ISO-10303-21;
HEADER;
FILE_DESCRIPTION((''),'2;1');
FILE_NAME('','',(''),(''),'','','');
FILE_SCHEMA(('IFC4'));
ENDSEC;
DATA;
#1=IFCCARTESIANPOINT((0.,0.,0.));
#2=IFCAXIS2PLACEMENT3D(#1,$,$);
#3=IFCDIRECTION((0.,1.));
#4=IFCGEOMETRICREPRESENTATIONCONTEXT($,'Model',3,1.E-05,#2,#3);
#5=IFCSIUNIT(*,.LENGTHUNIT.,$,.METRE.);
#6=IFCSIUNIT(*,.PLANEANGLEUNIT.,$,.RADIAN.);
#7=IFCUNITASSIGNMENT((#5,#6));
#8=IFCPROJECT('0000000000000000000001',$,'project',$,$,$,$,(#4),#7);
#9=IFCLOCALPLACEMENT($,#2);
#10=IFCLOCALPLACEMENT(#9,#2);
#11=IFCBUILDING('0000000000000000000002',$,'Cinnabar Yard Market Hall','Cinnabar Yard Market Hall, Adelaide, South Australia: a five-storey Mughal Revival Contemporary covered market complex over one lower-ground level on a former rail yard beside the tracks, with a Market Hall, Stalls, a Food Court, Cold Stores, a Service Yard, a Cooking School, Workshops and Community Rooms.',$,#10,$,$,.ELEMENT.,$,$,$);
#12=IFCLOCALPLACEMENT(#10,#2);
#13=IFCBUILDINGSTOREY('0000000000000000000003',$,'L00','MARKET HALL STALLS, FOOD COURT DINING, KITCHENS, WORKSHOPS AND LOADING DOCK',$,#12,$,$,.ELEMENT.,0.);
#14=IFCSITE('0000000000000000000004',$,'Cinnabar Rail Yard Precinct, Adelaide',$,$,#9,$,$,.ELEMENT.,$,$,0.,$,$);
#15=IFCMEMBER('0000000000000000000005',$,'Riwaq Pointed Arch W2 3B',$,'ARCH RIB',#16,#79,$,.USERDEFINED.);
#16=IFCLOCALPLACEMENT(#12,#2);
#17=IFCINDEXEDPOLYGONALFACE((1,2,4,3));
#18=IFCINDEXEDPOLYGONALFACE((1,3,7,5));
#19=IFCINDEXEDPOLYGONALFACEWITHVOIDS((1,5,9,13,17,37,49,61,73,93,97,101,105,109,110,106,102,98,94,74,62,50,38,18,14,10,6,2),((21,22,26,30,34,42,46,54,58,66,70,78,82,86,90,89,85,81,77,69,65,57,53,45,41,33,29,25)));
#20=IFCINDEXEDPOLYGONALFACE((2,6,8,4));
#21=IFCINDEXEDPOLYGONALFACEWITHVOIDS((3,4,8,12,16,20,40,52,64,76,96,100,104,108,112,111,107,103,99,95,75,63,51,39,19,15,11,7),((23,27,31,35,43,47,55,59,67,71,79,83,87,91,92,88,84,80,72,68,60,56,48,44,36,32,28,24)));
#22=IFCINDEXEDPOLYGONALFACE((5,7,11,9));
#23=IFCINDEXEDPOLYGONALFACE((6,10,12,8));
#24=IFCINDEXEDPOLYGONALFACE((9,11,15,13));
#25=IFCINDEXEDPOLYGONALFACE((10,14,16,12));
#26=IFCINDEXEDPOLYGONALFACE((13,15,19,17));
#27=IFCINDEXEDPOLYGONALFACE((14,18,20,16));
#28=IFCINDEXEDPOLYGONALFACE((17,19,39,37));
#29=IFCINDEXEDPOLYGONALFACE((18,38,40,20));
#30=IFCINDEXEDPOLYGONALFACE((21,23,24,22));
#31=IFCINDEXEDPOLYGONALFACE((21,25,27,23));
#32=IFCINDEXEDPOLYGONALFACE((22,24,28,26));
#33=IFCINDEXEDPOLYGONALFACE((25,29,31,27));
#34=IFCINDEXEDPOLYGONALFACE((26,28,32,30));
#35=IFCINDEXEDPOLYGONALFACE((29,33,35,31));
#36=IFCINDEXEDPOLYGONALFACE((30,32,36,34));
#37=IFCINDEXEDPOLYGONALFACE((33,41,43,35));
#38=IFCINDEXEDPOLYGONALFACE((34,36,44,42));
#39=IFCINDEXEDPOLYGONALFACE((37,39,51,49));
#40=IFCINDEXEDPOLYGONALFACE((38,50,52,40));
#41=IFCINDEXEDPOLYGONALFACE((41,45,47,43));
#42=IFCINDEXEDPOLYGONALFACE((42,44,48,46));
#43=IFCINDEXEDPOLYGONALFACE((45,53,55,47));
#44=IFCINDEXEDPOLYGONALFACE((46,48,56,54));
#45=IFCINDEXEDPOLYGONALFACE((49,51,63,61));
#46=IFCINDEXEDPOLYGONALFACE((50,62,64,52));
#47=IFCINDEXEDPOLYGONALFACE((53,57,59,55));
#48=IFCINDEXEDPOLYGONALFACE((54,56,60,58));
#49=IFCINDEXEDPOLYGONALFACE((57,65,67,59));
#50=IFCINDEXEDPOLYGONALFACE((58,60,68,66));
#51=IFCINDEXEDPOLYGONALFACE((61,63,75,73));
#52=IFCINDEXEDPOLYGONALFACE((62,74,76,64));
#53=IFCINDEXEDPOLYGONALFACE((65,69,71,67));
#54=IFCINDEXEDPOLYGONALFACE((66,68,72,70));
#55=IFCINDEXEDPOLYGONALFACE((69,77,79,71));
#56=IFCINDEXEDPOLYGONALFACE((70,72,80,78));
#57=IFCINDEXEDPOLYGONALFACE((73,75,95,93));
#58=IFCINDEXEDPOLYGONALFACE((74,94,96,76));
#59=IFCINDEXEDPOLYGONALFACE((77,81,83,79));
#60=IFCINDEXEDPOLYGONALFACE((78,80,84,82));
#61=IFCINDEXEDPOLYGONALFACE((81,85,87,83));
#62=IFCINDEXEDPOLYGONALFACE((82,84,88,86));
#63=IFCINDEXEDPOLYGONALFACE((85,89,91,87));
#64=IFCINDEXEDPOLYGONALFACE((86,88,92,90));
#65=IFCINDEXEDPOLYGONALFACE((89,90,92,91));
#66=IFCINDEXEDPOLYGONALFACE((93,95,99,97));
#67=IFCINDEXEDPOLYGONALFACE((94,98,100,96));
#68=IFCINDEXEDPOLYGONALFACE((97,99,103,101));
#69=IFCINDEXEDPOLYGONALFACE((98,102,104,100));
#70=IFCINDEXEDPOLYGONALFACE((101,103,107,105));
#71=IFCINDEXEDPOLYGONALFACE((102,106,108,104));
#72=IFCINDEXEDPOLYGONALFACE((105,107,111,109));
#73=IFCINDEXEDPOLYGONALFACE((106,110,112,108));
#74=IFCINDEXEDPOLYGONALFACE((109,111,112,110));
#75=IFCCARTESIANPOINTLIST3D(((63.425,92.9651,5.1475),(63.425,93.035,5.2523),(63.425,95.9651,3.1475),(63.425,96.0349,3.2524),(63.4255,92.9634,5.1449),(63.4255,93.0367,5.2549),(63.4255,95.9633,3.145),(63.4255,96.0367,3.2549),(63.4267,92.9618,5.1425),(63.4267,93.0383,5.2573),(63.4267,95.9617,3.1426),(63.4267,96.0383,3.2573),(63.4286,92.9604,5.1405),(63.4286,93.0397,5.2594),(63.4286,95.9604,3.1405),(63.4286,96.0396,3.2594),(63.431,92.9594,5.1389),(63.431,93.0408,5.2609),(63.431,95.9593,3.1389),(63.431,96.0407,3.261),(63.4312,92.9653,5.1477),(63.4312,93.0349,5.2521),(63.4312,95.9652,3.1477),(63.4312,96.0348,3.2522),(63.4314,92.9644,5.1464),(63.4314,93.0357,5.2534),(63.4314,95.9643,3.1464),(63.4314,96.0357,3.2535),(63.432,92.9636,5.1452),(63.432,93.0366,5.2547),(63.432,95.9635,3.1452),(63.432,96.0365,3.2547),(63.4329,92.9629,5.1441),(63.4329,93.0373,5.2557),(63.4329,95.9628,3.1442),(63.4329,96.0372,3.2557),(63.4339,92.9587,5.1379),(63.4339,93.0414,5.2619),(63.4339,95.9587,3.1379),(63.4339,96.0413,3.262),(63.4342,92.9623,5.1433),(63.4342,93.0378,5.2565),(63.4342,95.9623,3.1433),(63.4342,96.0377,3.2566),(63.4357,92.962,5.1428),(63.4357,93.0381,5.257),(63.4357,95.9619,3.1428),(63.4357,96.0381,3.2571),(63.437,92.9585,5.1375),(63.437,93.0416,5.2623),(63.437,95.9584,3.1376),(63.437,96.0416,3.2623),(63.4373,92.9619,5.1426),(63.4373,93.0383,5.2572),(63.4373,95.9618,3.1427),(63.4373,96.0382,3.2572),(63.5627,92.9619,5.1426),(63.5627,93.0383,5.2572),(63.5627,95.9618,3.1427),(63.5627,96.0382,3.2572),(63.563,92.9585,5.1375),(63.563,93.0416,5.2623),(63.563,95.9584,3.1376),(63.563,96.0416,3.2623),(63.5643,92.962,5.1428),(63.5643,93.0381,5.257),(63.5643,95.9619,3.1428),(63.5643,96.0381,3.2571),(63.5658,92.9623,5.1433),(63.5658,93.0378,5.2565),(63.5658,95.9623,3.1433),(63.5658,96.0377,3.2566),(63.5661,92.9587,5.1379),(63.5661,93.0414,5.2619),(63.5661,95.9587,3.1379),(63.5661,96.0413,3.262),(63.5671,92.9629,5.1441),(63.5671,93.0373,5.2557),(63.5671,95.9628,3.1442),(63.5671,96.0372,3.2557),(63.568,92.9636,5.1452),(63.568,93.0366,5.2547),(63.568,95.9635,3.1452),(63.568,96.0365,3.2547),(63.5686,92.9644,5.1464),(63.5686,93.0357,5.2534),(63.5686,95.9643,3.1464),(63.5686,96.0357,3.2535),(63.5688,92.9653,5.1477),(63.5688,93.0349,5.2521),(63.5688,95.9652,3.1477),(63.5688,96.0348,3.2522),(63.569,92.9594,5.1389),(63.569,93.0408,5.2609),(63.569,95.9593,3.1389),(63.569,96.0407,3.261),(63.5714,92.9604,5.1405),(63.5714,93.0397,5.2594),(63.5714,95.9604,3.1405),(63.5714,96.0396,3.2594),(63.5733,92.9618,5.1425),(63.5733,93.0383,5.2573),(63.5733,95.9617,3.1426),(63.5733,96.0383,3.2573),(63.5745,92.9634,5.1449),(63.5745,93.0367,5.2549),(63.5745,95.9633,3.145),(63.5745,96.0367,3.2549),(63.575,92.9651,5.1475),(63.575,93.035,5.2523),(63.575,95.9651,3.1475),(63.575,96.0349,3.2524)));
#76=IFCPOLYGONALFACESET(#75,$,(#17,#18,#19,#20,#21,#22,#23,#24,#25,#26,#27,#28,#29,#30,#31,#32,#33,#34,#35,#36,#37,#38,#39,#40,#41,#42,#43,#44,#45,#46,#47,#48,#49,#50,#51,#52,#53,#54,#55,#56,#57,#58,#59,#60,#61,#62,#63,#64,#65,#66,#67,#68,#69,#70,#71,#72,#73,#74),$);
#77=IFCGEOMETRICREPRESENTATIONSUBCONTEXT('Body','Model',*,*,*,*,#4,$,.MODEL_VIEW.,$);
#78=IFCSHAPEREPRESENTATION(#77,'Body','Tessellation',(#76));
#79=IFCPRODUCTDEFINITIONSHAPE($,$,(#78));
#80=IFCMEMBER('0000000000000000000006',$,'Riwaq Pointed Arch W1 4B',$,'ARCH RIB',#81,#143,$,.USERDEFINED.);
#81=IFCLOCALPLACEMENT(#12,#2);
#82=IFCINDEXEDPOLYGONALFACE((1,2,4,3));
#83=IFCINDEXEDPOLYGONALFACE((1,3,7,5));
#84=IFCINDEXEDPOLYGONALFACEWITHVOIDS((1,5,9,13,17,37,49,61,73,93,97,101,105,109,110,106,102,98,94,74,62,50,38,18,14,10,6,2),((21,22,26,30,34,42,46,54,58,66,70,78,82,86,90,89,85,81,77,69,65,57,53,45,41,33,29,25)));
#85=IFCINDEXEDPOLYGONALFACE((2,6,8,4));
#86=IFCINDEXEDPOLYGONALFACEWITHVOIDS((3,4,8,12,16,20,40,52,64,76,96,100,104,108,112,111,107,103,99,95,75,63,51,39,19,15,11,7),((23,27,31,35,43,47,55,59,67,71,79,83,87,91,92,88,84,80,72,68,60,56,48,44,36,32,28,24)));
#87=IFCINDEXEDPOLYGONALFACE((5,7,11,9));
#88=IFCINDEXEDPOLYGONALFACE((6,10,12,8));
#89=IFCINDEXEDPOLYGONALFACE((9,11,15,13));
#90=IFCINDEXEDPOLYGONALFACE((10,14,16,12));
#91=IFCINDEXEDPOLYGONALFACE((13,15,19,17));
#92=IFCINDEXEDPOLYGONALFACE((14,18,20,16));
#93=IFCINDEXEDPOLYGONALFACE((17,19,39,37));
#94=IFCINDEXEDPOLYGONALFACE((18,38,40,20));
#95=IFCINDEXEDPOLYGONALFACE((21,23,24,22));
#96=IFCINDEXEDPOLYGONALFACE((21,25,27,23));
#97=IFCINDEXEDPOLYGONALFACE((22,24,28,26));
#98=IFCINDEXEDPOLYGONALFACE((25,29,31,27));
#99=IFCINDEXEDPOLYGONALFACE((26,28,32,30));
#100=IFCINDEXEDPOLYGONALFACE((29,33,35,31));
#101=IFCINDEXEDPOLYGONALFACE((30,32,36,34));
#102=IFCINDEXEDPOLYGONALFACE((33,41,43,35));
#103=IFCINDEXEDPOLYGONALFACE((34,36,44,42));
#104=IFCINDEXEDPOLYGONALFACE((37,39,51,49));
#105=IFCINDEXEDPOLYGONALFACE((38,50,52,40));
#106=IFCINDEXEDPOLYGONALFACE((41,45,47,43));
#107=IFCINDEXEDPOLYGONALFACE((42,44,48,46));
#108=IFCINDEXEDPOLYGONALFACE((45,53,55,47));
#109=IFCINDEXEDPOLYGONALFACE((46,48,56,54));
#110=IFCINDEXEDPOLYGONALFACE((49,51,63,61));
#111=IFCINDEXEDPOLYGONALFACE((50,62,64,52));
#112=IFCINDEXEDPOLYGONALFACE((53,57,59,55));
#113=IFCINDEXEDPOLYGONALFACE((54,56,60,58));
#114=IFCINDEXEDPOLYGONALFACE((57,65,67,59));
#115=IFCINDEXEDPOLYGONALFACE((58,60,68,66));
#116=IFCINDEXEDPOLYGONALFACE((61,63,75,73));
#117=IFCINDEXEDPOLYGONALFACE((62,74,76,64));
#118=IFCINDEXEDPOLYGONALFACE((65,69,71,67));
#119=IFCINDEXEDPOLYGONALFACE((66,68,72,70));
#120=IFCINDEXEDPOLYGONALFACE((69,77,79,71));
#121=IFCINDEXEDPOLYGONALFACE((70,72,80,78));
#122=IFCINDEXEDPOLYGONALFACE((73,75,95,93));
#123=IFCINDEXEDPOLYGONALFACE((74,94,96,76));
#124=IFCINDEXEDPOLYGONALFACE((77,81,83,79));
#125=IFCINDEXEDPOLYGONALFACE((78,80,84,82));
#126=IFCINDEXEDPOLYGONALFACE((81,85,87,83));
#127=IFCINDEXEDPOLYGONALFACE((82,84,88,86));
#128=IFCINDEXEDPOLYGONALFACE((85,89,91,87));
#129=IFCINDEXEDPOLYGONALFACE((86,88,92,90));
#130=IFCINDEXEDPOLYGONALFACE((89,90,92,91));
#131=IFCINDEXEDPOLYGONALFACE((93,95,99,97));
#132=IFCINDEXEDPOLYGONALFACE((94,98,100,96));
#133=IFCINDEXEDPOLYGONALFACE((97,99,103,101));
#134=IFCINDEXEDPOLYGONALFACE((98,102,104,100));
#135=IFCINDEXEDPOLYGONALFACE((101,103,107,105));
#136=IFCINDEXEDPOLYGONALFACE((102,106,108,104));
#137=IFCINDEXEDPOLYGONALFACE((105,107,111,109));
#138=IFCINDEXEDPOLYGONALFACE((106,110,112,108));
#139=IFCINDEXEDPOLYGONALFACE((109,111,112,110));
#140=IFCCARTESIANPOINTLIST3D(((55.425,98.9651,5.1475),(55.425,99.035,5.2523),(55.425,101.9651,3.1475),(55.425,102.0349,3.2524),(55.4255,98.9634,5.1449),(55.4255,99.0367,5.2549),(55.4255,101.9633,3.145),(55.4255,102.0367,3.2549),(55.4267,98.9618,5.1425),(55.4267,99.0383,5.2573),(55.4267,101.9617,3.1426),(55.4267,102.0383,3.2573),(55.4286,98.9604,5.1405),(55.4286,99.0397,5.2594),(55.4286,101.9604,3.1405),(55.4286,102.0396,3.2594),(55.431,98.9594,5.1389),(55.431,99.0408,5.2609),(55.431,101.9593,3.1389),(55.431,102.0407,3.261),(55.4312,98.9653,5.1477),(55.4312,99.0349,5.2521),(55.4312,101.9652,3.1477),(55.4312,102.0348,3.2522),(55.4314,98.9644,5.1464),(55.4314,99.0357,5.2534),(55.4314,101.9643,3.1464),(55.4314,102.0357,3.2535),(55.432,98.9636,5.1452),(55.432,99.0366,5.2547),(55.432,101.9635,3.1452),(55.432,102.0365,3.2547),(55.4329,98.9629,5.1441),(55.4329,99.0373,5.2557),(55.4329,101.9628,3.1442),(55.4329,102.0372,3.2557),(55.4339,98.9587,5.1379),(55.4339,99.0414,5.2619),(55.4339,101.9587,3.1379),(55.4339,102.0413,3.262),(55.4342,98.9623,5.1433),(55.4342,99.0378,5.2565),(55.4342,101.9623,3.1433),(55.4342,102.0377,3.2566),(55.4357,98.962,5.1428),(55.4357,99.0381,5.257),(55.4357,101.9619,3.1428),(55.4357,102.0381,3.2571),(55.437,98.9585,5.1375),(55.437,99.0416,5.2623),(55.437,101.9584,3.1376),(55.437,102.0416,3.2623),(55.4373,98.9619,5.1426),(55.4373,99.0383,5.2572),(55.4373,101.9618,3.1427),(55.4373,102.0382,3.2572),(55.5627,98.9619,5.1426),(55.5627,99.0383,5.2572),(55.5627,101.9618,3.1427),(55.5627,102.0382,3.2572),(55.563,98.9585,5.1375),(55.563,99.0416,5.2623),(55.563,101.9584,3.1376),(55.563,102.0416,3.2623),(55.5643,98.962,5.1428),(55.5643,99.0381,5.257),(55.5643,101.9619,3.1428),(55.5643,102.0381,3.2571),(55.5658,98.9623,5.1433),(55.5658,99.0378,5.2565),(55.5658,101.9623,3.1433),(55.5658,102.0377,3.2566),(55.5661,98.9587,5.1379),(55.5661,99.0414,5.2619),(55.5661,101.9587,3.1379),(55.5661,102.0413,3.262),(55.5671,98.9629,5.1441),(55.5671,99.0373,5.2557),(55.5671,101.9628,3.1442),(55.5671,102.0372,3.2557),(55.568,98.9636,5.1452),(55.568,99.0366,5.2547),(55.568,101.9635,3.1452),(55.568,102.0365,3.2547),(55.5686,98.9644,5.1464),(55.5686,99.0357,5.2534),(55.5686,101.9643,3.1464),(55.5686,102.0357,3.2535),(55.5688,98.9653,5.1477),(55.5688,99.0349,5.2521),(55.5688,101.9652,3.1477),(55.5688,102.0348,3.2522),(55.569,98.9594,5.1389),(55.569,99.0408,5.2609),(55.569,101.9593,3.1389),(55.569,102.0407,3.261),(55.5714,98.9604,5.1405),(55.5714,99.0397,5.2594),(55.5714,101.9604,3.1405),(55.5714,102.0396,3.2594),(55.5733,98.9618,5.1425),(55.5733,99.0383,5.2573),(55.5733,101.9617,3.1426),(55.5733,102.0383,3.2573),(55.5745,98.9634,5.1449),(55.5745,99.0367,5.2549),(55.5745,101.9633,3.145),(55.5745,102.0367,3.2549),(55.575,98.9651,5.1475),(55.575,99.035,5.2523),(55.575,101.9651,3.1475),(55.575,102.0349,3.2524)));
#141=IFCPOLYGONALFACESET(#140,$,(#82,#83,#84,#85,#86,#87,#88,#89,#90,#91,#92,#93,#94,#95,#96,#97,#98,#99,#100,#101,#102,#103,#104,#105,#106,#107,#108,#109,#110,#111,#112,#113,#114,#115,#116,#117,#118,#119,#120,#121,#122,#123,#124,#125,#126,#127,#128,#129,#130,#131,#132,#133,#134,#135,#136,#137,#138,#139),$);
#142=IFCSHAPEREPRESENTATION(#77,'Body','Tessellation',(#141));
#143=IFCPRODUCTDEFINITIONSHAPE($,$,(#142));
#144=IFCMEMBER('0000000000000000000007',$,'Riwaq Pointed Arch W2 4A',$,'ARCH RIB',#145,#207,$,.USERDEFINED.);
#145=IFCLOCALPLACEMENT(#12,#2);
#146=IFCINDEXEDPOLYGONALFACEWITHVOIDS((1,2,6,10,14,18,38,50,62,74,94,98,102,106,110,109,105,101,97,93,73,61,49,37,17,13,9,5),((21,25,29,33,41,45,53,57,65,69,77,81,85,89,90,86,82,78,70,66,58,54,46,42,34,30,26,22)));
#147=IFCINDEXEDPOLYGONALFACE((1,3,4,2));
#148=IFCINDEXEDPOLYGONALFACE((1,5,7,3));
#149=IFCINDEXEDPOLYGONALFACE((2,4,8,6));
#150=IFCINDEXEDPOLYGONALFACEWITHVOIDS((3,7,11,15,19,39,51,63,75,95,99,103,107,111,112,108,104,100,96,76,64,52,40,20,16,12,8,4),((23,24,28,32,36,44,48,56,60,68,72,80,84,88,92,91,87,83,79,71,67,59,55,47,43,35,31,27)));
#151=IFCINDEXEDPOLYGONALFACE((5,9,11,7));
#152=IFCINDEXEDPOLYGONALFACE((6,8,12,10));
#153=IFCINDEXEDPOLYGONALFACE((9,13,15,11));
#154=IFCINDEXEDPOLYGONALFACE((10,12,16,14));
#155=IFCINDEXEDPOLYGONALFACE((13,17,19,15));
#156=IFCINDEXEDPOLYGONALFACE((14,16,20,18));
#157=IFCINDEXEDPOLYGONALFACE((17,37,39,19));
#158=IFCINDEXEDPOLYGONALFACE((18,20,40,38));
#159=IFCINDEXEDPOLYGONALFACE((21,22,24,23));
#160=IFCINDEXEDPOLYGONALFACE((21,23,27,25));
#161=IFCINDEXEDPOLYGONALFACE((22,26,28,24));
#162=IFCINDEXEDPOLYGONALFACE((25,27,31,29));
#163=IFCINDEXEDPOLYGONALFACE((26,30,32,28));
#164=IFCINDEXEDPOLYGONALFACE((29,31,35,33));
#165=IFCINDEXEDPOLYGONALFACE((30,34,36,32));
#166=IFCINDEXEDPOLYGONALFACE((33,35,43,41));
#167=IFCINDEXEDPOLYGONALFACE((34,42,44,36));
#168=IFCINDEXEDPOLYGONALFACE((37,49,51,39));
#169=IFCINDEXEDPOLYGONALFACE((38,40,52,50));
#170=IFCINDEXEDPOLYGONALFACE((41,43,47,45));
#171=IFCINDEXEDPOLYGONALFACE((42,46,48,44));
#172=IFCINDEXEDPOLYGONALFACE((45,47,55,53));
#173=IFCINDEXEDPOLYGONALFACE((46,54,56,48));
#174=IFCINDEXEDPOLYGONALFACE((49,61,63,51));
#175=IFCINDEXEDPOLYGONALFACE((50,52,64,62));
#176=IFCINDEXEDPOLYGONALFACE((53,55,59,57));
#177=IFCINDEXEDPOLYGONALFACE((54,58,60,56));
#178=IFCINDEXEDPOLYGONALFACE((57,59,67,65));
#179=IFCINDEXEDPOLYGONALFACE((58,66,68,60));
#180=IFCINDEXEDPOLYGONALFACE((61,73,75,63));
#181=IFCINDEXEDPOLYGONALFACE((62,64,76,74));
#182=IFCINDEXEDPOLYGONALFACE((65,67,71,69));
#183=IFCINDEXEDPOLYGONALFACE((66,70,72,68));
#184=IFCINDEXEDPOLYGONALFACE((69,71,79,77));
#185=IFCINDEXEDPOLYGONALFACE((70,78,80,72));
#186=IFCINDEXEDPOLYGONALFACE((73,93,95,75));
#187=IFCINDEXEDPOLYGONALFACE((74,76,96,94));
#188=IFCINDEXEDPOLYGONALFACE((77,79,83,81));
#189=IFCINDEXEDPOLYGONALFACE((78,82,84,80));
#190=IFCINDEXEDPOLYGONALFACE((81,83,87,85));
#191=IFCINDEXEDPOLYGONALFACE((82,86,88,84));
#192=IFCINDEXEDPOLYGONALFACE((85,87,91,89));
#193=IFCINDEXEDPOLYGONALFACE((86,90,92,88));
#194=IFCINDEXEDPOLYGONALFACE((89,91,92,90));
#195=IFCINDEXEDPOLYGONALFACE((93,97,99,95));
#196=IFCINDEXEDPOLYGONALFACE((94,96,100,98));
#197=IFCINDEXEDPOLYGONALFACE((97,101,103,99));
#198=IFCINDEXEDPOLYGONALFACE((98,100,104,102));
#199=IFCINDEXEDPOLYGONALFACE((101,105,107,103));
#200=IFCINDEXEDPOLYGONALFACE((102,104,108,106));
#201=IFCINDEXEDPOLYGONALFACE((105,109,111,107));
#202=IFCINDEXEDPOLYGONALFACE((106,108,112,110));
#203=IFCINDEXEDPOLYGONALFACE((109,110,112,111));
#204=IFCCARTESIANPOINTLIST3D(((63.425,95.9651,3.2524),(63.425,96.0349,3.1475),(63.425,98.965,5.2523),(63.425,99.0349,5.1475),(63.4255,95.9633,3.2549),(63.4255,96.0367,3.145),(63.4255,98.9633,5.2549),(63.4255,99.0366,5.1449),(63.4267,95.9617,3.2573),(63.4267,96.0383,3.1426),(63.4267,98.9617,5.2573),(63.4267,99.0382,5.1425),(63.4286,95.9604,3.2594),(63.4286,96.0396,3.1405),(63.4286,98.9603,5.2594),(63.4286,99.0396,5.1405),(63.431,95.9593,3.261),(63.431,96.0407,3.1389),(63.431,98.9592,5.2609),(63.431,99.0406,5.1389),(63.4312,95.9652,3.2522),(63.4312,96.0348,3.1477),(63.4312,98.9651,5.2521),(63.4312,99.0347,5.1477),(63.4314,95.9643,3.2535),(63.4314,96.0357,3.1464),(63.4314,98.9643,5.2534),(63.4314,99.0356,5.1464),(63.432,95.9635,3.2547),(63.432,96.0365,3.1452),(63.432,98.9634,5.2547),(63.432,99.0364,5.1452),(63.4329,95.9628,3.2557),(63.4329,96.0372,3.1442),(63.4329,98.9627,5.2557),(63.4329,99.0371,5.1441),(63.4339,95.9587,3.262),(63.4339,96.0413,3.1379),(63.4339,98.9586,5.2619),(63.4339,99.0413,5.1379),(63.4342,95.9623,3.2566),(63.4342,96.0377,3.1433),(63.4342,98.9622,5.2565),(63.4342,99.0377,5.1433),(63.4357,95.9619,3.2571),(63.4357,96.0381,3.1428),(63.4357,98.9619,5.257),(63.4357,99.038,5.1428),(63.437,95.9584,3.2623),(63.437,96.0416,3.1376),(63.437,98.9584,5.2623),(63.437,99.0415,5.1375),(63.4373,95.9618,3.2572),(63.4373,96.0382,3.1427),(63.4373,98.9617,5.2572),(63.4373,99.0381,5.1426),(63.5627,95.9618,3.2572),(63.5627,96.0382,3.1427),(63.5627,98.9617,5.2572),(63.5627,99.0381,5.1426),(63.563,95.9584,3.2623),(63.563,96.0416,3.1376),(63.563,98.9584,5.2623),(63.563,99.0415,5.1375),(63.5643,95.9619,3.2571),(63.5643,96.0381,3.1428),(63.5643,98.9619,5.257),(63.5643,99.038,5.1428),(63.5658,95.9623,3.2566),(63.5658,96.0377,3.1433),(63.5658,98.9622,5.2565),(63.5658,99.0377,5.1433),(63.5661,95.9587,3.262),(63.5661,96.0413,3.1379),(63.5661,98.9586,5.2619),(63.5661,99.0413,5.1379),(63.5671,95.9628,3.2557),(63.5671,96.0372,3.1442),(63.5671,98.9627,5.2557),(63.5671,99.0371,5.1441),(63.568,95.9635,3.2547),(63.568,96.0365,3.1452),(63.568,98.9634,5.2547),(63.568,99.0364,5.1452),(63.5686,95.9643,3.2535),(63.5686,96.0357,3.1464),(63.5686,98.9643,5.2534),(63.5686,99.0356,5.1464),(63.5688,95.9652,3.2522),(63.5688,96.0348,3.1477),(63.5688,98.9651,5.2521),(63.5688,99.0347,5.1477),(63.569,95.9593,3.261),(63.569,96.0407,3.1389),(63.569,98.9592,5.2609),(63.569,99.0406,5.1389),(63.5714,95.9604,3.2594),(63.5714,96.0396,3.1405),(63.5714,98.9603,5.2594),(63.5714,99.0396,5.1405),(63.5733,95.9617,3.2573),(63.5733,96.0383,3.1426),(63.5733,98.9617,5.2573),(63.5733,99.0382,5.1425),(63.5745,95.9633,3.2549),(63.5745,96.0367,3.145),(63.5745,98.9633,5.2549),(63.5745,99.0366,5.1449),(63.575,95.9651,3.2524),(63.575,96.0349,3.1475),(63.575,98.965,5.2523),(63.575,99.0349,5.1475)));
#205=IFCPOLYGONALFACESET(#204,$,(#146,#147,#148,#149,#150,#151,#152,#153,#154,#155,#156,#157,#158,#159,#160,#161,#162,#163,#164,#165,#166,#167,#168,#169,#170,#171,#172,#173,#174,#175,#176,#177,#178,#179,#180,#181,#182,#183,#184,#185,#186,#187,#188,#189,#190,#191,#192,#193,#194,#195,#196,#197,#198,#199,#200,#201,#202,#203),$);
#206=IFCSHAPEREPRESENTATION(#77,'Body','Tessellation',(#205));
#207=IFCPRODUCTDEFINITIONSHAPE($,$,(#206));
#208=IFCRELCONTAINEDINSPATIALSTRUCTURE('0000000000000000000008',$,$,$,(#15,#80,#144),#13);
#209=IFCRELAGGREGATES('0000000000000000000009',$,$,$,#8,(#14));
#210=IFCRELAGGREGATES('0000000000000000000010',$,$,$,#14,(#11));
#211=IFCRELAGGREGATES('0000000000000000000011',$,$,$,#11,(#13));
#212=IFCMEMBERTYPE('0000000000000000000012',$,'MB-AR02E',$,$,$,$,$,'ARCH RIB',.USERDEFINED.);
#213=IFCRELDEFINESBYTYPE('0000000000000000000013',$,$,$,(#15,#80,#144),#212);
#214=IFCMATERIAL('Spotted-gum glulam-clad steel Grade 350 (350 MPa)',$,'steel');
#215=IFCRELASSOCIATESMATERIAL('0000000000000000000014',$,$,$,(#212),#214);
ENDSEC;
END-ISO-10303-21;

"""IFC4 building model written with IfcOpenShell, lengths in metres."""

from ifc_helpers import new_model, si_unit, direction, frame, origin, origin_2d_with_axis, place, context, subcontext, project, spatial, hollow_rectangle, extrude, material, material_profile, profile_set, type_object, element, save


model = new_model("IFC4")

# Units and contexts
model_context = context("Model", 3, precision=1e-05, world=origin(), true_north=direction((0.0, 1.0)))
body_context = subcontext(model_context, "Body", "Model", "MODEL_VIEW")
ifc_project = project(units=[si_unit("LENGTHUNIT", "METRE"), si_unit("PLANEANGLEUNIT", "RADIAN")], contexts=[model_context])

# Site, building, storey
site_placement = place(None, origin())
site = spatial("IfcSite", under=ifc_project, at=site_placement, Name="Cinnabar Rail Yard Precinct, Adelaide", CompositionType="ELEMENT", RefElevation=0.0)
building_placement = place(site_placement, origin())
building = spatial("IfcBuilding", under=site, at=building_placement, Name="Cinnabar Yard Market Hall", Description="Cinnabar Yard Market Hall, Adelaide, South Australia: a five-storey Mughal Revival Contemporary covered market complex over one lower-ground level on a former rail yard beside the tracks, with a Market Hall, Stalls, a Food Court, Cold Stores, a Service Yard, a Cooking School, Workshops and Community Rooms.", CompositionType="ELEMENT")
storey_placement = place(building_placement, origin())
storey = spatial("IfcBuildingStorey", under=building, at=storey_placement, Name="L00", Description="MARKET HALL STALLS, FOOD COURT DINING, KITCHENS, WORKSHOPS AND LOADING DOCK", CompositionType="ELEMENT", Elevation=0.0)

# Shared definitions
ifc_material_1 = material(Name="Spotted-gum glulam-clad steel Grade 350 (350 MPa)", Category="steel")

# Members
ifc_material_profile_1 = material_profile(ifc_material_1, hollow_rectangle(XDim=0.1499, YDim=0.1499, WallThickness=0.0061, InnerFilletRadius=0.0061, OuterFilletRadius=0.012, at=origin_2d_with_axis()), Name="150x150x6.0SHS")
ifc_profile_set_1 = profile_set([ifc_material_profile_1], Name="Spotted-gum glulam-clad steel Grade 350 (350 MPa)")
member_type = type_object("IfcMemberType", Name="MB-AR02E", ElementType="ARCH RIB", PredefinedType="USERDEFINED", material=ifc_profile_set_1)
for number, where, z_axis, x_axis, name in (
    (1, (63.5, 96.0, 3.2), (0.0, -0.83205, 0.5547), (1.0, 0.0, 0.0), "Riwaq Pointed Arch W2 3B"),
    (2, (55.5, 102.0, 3.2), (0.0, -0.83205, 0.5547), (1.0, 0.0, 0.0), "Riwaq Pointed Arch W1 4B"),
    (3, (63.5, 96.0, 3.2), (0.0, 0.83205, 0.5547), (-1.0, 0.0, 0.0), "Riwaq Pointed Arch W2 4A"),
):
    element("IfcMember", number, at=place(storey_placement, frame(where, z_axis=z_axis, x_axis=x_axis)), inside=storey, type_object=member_type, Name=name, ObjectType="ARCH RIB", PredefinedType="USERDEFINED", context=body_context, shape_type="SweptSolid", body=[
        extrude(hollow_rectangle(XDim=0.1499, YDim=0.1499, WallThickness=0.0061, InnerFilletRadius=0.0061, OuterFilletRadius=0.012, at=origin_2d_with_axis()), origin(), (0.0, 0.0, 1.0), 3.6055),
    ])

save(model, "model.ifc")
